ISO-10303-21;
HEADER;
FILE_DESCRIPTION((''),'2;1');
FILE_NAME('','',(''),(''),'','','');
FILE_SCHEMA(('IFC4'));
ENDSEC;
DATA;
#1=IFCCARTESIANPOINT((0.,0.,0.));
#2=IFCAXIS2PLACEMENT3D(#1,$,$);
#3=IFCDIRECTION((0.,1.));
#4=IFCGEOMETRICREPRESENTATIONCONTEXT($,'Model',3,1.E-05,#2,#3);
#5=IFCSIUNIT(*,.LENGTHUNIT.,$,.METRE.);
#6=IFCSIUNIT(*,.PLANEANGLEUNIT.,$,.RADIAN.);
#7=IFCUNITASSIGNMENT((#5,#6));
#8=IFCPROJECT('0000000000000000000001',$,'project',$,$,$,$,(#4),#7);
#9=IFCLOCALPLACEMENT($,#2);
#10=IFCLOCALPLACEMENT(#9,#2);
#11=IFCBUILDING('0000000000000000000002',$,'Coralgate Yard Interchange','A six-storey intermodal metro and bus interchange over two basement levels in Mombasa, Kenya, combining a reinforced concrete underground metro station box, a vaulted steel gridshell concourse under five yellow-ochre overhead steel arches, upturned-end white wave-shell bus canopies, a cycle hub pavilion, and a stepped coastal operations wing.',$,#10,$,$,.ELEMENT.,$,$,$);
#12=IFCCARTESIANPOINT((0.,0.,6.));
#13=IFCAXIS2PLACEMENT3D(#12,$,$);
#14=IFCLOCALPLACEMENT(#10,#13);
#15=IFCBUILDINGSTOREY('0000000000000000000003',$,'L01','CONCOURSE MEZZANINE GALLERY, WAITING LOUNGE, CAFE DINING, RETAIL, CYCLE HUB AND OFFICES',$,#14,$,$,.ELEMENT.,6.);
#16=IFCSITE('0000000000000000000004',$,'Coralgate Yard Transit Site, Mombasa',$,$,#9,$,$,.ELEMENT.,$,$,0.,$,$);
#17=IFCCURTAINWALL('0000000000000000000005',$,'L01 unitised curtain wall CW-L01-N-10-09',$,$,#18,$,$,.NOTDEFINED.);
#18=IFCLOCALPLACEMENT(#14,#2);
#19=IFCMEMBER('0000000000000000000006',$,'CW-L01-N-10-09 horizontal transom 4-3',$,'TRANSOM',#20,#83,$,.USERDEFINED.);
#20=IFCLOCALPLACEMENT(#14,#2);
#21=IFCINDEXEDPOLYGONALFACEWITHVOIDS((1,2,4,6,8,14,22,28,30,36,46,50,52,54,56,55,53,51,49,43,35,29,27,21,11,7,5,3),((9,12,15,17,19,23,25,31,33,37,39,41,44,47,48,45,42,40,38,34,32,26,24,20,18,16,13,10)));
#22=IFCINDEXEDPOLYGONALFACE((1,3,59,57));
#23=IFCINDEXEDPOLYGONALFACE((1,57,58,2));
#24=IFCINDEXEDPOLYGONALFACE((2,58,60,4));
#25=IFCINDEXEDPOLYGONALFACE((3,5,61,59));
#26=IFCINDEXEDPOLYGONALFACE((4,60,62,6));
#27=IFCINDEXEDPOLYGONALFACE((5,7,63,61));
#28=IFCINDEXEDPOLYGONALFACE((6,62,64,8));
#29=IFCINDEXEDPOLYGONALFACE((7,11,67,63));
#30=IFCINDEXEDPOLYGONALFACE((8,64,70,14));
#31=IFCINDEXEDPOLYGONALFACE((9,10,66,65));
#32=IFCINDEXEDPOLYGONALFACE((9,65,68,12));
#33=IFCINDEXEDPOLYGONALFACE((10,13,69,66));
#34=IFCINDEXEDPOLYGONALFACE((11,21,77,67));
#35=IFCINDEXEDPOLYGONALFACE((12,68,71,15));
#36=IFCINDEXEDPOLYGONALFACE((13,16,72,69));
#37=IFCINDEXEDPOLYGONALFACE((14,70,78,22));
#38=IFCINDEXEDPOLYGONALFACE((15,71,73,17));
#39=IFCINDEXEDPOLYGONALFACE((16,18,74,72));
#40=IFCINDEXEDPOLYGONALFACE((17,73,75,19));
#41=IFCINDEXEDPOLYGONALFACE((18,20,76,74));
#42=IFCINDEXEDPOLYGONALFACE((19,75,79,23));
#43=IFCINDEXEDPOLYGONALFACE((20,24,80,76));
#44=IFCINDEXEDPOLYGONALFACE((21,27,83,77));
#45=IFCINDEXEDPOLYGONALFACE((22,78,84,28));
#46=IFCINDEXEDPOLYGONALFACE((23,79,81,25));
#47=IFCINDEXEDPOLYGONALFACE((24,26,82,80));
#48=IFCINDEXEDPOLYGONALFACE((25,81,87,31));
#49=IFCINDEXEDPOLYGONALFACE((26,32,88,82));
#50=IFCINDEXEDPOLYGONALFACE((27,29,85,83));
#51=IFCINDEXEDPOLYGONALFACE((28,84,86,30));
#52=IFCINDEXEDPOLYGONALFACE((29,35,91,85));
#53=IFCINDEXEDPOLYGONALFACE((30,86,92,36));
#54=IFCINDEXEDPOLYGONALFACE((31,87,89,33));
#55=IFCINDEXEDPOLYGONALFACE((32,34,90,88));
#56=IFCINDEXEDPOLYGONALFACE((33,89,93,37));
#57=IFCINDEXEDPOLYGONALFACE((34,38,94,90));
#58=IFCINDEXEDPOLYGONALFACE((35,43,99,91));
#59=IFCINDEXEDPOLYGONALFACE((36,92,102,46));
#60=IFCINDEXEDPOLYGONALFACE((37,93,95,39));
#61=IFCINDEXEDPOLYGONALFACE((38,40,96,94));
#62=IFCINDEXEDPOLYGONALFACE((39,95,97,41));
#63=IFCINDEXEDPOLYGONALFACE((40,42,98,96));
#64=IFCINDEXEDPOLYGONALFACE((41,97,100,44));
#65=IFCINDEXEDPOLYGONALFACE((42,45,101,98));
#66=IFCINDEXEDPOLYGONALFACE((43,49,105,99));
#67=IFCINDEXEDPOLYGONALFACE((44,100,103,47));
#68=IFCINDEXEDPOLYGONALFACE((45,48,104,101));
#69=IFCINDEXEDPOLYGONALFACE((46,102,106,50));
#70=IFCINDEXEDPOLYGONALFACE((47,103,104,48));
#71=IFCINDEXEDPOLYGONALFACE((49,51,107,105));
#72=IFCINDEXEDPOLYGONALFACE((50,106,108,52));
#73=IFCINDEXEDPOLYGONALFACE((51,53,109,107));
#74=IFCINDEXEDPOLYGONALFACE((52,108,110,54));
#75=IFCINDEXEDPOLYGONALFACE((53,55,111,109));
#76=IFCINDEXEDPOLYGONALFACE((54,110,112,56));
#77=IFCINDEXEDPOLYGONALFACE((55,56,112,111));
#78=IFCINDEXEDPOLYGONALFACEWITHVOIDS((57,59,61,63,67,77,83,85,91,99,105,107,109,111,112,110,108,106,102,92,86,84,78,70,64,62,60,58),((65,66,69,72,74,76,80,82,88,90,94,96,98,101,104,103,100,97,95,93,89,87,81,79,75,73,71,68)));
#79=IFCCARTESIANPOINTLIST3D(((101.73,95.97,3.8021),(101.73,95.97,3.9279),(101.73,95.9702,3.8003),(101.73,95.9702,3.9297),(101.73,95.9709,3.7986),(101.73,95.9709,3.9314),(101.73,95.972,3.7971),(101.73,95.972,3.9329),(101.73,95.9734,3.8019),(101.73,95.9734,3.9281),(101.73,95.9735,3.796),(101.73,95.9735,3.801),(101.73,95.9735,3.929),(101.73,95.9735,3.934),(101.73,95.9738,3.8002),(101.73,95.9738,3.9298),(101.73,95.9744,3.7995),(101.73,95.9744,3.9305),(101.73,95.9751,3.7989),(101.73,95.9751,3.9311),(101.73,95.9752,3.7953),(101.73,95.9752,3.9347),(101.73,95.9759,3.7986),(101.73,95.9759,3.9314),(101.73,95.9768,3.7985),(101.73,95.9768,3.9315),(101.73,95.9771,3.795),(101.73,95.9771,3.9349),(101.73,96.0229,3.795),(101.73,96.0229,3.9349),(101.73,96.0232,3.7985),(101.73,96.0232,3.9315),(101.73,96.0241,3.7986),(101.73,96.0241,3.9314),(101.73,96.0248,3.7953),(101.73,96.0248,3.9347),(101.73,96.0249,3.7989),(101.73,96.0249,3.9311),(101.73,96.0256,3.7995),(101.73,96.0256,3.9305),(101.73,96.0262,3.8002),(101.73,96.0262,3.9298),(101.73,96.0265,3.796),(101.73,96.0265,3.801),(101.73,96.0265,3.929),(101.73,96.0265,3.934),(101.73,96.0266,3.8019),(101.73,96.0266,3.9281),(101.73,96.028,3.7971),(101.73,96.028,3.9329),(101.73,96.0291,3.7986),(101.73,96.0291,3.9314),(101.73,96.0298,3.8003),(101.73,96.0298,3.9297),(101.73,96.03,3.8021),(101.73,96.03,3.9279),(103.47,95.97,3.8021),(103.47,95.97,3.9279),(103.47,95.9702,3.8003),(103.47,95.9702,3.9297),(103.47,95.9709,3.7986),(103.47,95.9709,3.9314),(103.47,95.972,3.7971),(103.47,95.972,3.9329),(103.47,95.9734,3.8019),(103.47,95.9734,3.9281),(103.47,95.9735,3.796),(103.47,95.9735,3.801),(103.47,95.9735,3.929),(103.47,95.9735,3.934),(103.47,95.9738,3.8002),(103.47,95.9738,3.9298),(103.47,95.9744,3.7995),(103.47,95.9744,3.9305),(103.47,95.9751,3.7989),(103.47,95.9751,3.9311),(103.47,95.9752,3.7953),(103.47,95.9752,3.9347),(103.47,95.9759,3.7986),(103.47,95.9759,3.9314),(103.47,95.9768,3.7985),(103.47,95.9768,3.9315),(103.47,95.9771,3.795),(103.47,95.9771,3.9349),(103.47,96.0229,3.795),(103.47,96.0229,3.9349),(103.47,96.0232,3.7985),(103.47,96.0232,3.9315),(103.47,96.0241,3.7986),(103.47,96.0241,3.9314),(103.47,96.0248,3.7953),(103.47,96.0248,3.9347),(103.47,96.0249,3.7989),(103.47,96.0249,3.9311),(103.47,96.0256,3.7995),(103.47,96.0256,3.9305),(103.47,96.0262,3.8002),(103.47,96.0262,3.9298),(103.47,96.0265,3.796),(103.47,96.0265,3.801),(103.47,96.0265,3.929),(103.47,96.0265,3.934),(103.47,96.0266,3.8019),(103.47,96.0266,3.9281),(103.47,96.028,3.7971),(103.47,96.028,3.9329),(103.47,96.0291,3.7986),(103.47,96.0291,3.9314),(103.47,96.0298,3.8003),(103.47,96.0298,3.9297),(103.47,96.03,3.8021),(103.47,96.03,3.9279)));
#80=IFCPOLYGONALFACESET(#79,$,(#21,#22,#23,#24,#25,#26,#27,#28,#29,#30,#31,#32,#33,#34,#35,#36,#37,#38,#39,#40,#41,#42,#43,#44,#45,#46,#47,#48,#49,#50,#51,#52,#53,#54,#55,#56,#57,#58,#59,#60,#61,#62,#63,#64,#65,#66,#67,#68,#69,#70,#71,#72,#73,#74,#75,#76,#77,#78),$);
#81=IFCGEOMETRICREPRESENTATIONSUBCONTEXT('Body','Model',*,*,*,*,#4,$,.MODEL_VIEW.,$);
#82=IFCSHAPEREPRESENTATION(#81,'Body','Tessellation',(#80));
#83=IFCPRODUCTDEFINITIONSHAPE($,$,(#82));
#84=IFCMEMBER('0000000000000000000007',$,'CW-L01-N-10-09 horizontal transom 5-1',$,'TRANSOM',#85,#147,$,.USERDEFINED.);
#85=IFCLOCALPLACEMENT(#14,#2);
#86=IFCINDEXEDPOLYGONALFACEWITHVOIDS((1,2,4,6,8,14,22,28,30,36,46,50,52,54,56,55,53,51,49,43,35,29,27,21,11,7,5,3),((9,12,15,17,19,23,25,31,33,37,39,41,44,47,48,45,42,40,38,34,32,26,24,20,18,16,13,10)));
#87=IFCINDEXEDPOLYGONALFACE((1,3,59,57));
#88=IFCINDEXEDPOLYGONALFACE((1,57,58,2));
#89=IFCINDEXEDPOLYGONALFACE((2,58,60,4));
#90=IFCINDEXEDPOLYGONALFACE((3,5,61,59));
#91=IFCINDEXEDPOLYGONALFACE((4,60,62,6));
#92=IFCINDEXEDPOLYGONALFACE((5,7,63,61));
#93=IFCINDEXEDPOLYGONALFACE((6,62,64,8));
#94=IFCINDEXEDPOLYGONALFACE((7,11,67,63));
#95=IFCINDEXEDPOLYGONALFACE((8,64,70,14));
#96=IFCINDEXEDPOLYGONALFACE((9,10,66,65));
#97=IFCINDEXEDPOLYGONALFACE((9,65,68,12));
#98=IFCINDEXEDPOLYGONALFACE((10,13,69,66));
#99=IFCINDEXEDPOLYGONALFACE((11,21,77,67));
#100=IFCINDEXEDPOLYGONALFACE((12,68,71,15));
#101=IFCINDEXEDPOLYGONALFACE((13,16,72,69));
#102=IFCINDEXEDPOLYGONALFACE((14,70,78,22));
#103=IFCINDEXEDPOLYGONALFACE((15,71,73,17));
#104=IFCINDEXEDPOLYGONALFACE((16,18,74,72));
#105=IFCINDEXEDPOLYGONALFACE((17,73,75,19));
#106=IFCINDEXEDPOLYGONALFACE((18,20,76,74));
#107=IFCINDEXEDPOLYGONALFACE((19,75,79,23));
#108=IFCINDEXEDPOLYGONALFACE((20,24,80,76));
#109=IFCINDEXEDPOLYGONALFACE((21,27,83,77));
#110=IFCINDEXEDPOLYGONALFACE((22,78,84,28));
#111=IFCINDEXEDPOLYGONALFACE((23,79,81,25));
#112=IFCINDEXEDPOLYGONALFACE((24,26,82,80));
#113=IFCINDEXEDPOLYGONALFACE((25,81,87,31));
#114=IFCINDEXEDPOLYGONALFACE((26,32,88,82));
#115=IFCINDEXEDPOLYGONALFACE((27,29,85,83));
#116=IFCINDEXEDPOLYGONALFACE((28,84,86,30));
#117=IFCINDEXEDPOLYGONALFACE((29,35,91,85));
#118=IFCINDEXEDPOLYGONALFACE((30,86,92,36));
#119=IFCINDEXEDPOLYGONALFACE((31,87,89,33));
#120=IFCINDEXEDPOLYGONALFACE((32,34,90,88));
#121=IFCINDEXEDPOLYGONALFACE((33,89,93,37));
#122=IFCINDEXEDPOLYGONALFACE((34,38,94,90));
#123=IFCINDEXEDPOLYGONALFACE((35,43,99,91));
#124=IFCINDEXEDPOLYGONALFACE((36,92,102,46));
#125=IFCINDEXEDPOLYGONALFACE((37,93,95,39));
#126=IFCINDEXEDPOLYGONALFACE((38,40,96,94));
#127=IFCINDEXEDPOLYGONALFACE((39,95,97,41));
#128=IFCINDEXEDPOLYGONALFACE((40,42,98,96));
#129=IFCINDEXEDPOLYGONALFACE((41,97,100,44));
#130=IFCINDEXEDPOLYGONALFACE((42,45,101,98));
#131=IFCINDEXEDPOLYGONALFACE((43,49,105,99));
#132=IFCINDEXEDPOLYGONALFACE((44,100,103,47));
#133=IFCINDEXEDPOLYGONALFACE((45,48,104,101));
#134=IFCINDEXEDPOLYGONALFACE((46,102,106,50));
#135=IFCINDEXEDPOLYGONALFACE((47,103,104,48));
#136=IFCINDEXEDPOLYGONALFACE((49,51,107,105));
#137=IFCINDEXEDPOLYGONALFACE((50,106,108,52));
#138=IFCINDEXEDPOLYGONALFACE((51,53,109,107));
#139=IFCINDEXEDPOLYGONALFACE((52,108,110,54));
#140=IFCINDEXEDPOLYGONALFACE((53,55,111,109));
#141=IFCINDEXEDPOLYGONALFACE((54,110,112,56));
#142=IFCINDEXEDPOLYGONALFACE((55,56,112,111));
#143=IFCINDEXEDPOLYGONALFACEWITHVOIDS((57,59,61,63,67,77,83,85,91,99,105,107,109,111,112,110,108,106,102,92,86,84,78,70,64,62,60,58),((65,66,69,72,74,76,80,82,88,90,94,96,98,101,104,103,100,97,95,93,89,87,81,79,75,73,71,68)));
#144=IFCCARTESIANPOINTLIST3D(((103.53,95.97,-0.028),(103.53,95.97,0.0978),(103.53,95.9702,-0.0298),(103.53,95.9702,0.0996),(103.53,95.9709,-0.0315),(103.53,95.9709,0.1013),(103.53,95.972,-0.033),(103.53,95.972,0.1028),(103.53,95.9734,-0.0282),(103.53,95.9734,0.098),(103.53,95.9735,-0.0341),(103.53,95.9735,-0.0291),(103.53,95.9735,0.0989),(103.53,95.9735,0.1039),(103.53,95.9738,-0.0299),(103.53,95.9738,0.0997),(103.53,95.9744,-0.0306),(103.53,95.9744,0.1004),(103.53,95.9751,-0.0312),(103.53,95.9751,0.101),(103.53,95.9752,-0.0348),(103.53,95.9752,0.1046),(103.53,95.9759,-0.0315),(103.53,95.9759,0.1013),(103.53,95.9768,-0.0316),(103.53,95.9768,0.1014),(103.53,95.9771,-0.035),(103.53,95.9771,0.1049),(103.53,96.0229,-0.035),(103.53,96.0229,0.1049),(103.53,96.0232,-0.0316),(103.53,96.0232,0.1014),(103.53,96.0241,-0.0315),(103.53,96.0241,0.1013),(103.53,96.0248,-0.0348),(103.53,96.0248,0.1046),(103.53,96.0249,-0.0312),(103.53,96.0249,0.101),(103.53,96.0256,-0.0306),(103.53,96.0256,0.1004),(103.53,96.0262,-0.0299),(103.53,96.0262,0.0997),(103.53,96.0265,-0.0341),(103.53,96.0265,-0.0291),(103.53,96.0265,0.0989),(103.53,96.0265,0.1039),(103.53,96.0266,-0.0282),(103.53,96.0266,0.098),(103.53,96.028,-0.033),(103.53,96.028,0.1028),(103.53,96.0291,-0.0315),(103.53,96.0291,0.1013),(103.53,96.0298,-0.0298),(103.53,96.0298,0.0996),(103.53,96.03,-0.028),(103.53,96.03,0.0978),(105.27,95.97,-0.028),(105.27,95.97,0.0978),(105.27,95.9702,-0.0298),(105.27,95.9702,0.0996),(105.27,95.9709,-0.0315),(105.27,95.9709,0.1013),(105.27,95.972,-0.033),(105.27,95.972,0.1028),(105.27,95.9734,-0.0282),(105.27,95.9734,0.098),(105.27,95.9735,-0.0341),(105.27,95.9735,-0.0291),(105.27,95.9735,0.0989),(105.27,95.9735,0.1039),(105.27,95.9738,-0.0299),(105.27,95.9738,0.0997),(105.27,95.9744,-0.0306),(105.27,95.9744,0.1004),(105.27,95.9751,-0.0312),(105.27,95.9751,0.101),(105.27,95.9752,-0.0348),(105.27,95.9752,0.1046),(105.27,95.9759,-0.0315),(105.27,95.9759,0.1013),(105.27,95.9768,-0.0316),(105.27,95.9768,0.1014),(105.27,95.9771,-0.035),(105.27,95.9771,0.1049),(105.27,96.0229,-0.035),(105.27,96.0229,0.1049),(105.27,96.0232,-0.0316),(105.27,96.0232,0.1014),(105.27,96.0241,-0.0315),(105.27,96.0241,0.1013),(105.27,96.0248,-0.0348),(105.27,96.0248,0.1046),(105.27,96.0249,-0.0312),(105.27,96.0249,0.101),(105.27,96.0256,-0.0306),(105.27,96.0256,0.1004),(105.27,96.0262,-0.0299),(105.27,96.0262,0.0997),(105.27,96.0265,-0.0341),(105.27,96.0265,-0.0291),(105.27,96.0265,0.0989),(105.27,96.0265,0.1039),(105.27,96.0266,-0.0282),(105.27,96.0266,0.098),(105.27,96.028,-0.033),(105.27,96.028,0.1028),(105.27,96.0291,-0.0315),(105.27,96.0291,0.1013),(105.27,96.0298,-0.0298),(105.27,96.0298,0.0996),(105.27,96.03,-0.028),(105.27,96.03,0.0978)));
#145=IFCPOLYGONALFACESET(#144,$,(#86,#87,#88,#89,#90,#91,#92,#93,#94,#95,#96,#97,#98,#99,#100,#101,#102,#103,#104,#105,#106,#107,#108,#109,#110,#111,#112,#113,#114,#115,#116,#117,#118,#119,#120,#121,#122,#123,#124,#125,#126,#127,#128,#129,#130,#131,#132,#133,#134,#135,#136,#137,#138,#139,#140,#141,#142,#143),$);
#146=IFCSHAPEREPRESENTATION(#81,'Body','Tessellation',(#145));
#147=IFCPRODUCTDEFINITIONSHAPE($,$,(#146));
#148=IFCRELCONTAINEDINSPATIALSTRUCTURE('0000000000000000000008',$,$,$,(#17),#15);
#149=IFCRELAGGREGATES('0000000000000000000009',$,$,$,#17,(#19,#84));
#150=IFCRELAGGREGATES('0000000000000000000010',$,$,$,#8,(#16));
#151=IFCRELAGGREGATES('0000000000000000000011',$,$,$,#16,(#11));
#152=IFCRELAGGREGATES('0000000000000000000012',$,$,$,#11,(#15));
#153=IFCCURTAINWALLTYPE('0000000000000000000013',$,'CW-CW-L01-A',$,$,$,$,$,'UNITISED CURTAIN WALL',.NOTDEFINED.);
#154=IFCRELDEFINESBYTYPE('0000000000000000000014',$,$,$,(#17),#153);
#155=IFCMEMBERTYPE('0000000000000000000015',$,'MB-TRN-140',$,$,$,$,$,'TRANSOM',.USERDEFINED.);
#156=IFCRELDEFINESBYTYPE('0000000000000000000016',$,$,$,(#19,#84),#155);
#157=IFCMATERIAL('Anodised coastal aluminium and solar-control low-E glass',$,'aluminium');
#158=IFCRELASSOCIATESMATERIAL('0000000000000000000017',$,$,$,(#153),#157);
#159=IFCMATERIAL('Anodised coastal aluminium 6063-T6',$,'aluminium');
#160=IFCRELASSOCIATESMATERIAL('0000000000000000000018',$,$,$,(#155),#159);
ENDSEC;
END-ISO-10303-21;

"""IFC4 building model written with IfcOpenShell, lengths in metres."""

from ifc_helpers import new_model, si_unit, direction, frame, origin, origin_2d, place, context, subcontext, project, spatial, hollow_rectangle, extrude, material, material_profile, profile_set, type_object, element, aggregate, save


model = new_model("IFC4")

# Units and contexts
model_context = context("Model", 3, precision=1e-05, world=origin(), true_north=direction((0.0, 1.0)))
body_context = subcontext(model_context, "Body", "Model", "MODEL_VIEW")
ifc_project = project(units=[si_unit("LENGTHUNIT", "METRE"), si_unit("PLANEANGLEUNIT", "RADIAN")], contexts=[model_context])

# Site, building, storey
site_placement = place(None, origin())
site = spatial("IfcSite", under=ifc_project, at=site_placement, Name="Coralgate Yard Transit Site, Mombasa", CompositionType="ELEMENT", RefElevation=0.0)
building_placement = place(site_placement, origin())
building = spatial("IfcBuilding", under=site, at=building_placement, Name="Coralgate Yard Interchange", Description="A six-storey intermodal metro and bus interchange over two basement levels in Mombasa, Kenya, combining a reinforced concrete underground metro station box, a vaulted steel gridshell concourse under five yellow-ochre overhead steel arches, upturned-end white wave-shell bus canopies, a cycle hub pavilion, and a stepped coastal operations wing.", CompositionType="ELEMENT")
storey_placement = place(building_placement, frame((0.0, 0.0, 6.0)))
storey = spatial("IfcBuildingStorey", under=building, at=storey_placement, Name="L01", Description="CONCOURSE MEZZANINE GALLERY, WAITING LOUNGE, CAFE DINING, RETAIL, CYCLE HUB AND OFFICES", CompositionType="ELEMENT", Elevation=6.0)

# Curtain wall
ifc_material_1 = material(Name="Anodised coastal aluminium and solar-control low-E glass", Category="aluminium")
curtain_wall_type_1 = type_object("IfcCurtainWallType", Name="CW-CW-L01-A", ElementType="UNITISED CURTAIN WALL", PredefinedType="NOTDEFINED", material=ifc_material_1)
curtain_wall_1_placement = place(storey_placement, origin())
curtain_wall_1 = element("IfcCurtainWall", 1, at=curtain_wall_1_placement, inside=storey, type_object=curtain_wall_type_1, Name="L01 unitised curtain wall CW-L01-N-10-09", PredefinedType="NOTDEFINED")
ifc_material_2 = material(Name="Anodised coastal aluminium 6063-T6", Category="aluminium")

# Members
ifc_material_profile_1 = material_profile(ifc_material_2, hollow_rectangle(XDim=0.0601, YDim=0.1399, WallThickness=0.0034, InnerFilletRadius=0.0034, OuterFilletRadius=0.0071, at=origin_2d()), Name="ALU 60x140x3.5")
ifc_profile_set_1 = profile_set([ifc_material_profile_1], Name="Anodised coastal aluminium 6063-T6")
member_type_1 = type_object("IfcMemberType", Name="MB-TRN-140", ElementType="TRANSOM", PredefinedType="USERDEFINED", material=ifc_profile_set_1)
member_1_placement = place(storey_placement, frame((101.73, 96.0, 3.865), z_axis=(1.0, 0.0, 0.0), x_axis=(0.0, 1.0, 0.0)))
member_1 = element("IfcMember", 2, at=member_1_placement, type_object=member_type_1, Name="CW-L01-N-10-09 horizontal transom 4-3", ObjectType="TRANSOM", PredefinedType="USERDEFINED", context=body_context, shape_type="SweptSolid", body=[
    extrude(hollow_rectangle(XDim=0.0601, YDim=0.1399, WallThickness=0.0034, InnerFilletRadius=0.0034, OuterFilletRadius=0.0071, at=origin_2d()), origin(), (0.0, 0.0, 1.0), 1.74),
])
member_2_placement = place(storey_placement, frame((103.53, 96.0, 0.0349), z_axis=(1.0, 0.0, 0.0), x_axis=(0.0, 1.0, 0.0)))
member_2 = element("IfcMember", 3, at=member_2_placement, type_object=member_type_1, Name="CW-L01-N-10-09 horizontal transom 5-1", ObjectType="TRANSOM", PredefinedType="USERDEFINED", context=body_context, shape_type="SweptSolid", body=[
    extrude(hollow_rectangle(XDim=0.0601, YDim=0.1399, WallThickness=0.0034, InnerFilletRadius=0.0034, OuterFilletRadius=0.0071, at=origin_2d()), origin(), (0.0, 0.0, 1.0), 1.74),
])

aggregate(curtain_wall_1, [member_1, member_2])

save(model, "model.ifc")
